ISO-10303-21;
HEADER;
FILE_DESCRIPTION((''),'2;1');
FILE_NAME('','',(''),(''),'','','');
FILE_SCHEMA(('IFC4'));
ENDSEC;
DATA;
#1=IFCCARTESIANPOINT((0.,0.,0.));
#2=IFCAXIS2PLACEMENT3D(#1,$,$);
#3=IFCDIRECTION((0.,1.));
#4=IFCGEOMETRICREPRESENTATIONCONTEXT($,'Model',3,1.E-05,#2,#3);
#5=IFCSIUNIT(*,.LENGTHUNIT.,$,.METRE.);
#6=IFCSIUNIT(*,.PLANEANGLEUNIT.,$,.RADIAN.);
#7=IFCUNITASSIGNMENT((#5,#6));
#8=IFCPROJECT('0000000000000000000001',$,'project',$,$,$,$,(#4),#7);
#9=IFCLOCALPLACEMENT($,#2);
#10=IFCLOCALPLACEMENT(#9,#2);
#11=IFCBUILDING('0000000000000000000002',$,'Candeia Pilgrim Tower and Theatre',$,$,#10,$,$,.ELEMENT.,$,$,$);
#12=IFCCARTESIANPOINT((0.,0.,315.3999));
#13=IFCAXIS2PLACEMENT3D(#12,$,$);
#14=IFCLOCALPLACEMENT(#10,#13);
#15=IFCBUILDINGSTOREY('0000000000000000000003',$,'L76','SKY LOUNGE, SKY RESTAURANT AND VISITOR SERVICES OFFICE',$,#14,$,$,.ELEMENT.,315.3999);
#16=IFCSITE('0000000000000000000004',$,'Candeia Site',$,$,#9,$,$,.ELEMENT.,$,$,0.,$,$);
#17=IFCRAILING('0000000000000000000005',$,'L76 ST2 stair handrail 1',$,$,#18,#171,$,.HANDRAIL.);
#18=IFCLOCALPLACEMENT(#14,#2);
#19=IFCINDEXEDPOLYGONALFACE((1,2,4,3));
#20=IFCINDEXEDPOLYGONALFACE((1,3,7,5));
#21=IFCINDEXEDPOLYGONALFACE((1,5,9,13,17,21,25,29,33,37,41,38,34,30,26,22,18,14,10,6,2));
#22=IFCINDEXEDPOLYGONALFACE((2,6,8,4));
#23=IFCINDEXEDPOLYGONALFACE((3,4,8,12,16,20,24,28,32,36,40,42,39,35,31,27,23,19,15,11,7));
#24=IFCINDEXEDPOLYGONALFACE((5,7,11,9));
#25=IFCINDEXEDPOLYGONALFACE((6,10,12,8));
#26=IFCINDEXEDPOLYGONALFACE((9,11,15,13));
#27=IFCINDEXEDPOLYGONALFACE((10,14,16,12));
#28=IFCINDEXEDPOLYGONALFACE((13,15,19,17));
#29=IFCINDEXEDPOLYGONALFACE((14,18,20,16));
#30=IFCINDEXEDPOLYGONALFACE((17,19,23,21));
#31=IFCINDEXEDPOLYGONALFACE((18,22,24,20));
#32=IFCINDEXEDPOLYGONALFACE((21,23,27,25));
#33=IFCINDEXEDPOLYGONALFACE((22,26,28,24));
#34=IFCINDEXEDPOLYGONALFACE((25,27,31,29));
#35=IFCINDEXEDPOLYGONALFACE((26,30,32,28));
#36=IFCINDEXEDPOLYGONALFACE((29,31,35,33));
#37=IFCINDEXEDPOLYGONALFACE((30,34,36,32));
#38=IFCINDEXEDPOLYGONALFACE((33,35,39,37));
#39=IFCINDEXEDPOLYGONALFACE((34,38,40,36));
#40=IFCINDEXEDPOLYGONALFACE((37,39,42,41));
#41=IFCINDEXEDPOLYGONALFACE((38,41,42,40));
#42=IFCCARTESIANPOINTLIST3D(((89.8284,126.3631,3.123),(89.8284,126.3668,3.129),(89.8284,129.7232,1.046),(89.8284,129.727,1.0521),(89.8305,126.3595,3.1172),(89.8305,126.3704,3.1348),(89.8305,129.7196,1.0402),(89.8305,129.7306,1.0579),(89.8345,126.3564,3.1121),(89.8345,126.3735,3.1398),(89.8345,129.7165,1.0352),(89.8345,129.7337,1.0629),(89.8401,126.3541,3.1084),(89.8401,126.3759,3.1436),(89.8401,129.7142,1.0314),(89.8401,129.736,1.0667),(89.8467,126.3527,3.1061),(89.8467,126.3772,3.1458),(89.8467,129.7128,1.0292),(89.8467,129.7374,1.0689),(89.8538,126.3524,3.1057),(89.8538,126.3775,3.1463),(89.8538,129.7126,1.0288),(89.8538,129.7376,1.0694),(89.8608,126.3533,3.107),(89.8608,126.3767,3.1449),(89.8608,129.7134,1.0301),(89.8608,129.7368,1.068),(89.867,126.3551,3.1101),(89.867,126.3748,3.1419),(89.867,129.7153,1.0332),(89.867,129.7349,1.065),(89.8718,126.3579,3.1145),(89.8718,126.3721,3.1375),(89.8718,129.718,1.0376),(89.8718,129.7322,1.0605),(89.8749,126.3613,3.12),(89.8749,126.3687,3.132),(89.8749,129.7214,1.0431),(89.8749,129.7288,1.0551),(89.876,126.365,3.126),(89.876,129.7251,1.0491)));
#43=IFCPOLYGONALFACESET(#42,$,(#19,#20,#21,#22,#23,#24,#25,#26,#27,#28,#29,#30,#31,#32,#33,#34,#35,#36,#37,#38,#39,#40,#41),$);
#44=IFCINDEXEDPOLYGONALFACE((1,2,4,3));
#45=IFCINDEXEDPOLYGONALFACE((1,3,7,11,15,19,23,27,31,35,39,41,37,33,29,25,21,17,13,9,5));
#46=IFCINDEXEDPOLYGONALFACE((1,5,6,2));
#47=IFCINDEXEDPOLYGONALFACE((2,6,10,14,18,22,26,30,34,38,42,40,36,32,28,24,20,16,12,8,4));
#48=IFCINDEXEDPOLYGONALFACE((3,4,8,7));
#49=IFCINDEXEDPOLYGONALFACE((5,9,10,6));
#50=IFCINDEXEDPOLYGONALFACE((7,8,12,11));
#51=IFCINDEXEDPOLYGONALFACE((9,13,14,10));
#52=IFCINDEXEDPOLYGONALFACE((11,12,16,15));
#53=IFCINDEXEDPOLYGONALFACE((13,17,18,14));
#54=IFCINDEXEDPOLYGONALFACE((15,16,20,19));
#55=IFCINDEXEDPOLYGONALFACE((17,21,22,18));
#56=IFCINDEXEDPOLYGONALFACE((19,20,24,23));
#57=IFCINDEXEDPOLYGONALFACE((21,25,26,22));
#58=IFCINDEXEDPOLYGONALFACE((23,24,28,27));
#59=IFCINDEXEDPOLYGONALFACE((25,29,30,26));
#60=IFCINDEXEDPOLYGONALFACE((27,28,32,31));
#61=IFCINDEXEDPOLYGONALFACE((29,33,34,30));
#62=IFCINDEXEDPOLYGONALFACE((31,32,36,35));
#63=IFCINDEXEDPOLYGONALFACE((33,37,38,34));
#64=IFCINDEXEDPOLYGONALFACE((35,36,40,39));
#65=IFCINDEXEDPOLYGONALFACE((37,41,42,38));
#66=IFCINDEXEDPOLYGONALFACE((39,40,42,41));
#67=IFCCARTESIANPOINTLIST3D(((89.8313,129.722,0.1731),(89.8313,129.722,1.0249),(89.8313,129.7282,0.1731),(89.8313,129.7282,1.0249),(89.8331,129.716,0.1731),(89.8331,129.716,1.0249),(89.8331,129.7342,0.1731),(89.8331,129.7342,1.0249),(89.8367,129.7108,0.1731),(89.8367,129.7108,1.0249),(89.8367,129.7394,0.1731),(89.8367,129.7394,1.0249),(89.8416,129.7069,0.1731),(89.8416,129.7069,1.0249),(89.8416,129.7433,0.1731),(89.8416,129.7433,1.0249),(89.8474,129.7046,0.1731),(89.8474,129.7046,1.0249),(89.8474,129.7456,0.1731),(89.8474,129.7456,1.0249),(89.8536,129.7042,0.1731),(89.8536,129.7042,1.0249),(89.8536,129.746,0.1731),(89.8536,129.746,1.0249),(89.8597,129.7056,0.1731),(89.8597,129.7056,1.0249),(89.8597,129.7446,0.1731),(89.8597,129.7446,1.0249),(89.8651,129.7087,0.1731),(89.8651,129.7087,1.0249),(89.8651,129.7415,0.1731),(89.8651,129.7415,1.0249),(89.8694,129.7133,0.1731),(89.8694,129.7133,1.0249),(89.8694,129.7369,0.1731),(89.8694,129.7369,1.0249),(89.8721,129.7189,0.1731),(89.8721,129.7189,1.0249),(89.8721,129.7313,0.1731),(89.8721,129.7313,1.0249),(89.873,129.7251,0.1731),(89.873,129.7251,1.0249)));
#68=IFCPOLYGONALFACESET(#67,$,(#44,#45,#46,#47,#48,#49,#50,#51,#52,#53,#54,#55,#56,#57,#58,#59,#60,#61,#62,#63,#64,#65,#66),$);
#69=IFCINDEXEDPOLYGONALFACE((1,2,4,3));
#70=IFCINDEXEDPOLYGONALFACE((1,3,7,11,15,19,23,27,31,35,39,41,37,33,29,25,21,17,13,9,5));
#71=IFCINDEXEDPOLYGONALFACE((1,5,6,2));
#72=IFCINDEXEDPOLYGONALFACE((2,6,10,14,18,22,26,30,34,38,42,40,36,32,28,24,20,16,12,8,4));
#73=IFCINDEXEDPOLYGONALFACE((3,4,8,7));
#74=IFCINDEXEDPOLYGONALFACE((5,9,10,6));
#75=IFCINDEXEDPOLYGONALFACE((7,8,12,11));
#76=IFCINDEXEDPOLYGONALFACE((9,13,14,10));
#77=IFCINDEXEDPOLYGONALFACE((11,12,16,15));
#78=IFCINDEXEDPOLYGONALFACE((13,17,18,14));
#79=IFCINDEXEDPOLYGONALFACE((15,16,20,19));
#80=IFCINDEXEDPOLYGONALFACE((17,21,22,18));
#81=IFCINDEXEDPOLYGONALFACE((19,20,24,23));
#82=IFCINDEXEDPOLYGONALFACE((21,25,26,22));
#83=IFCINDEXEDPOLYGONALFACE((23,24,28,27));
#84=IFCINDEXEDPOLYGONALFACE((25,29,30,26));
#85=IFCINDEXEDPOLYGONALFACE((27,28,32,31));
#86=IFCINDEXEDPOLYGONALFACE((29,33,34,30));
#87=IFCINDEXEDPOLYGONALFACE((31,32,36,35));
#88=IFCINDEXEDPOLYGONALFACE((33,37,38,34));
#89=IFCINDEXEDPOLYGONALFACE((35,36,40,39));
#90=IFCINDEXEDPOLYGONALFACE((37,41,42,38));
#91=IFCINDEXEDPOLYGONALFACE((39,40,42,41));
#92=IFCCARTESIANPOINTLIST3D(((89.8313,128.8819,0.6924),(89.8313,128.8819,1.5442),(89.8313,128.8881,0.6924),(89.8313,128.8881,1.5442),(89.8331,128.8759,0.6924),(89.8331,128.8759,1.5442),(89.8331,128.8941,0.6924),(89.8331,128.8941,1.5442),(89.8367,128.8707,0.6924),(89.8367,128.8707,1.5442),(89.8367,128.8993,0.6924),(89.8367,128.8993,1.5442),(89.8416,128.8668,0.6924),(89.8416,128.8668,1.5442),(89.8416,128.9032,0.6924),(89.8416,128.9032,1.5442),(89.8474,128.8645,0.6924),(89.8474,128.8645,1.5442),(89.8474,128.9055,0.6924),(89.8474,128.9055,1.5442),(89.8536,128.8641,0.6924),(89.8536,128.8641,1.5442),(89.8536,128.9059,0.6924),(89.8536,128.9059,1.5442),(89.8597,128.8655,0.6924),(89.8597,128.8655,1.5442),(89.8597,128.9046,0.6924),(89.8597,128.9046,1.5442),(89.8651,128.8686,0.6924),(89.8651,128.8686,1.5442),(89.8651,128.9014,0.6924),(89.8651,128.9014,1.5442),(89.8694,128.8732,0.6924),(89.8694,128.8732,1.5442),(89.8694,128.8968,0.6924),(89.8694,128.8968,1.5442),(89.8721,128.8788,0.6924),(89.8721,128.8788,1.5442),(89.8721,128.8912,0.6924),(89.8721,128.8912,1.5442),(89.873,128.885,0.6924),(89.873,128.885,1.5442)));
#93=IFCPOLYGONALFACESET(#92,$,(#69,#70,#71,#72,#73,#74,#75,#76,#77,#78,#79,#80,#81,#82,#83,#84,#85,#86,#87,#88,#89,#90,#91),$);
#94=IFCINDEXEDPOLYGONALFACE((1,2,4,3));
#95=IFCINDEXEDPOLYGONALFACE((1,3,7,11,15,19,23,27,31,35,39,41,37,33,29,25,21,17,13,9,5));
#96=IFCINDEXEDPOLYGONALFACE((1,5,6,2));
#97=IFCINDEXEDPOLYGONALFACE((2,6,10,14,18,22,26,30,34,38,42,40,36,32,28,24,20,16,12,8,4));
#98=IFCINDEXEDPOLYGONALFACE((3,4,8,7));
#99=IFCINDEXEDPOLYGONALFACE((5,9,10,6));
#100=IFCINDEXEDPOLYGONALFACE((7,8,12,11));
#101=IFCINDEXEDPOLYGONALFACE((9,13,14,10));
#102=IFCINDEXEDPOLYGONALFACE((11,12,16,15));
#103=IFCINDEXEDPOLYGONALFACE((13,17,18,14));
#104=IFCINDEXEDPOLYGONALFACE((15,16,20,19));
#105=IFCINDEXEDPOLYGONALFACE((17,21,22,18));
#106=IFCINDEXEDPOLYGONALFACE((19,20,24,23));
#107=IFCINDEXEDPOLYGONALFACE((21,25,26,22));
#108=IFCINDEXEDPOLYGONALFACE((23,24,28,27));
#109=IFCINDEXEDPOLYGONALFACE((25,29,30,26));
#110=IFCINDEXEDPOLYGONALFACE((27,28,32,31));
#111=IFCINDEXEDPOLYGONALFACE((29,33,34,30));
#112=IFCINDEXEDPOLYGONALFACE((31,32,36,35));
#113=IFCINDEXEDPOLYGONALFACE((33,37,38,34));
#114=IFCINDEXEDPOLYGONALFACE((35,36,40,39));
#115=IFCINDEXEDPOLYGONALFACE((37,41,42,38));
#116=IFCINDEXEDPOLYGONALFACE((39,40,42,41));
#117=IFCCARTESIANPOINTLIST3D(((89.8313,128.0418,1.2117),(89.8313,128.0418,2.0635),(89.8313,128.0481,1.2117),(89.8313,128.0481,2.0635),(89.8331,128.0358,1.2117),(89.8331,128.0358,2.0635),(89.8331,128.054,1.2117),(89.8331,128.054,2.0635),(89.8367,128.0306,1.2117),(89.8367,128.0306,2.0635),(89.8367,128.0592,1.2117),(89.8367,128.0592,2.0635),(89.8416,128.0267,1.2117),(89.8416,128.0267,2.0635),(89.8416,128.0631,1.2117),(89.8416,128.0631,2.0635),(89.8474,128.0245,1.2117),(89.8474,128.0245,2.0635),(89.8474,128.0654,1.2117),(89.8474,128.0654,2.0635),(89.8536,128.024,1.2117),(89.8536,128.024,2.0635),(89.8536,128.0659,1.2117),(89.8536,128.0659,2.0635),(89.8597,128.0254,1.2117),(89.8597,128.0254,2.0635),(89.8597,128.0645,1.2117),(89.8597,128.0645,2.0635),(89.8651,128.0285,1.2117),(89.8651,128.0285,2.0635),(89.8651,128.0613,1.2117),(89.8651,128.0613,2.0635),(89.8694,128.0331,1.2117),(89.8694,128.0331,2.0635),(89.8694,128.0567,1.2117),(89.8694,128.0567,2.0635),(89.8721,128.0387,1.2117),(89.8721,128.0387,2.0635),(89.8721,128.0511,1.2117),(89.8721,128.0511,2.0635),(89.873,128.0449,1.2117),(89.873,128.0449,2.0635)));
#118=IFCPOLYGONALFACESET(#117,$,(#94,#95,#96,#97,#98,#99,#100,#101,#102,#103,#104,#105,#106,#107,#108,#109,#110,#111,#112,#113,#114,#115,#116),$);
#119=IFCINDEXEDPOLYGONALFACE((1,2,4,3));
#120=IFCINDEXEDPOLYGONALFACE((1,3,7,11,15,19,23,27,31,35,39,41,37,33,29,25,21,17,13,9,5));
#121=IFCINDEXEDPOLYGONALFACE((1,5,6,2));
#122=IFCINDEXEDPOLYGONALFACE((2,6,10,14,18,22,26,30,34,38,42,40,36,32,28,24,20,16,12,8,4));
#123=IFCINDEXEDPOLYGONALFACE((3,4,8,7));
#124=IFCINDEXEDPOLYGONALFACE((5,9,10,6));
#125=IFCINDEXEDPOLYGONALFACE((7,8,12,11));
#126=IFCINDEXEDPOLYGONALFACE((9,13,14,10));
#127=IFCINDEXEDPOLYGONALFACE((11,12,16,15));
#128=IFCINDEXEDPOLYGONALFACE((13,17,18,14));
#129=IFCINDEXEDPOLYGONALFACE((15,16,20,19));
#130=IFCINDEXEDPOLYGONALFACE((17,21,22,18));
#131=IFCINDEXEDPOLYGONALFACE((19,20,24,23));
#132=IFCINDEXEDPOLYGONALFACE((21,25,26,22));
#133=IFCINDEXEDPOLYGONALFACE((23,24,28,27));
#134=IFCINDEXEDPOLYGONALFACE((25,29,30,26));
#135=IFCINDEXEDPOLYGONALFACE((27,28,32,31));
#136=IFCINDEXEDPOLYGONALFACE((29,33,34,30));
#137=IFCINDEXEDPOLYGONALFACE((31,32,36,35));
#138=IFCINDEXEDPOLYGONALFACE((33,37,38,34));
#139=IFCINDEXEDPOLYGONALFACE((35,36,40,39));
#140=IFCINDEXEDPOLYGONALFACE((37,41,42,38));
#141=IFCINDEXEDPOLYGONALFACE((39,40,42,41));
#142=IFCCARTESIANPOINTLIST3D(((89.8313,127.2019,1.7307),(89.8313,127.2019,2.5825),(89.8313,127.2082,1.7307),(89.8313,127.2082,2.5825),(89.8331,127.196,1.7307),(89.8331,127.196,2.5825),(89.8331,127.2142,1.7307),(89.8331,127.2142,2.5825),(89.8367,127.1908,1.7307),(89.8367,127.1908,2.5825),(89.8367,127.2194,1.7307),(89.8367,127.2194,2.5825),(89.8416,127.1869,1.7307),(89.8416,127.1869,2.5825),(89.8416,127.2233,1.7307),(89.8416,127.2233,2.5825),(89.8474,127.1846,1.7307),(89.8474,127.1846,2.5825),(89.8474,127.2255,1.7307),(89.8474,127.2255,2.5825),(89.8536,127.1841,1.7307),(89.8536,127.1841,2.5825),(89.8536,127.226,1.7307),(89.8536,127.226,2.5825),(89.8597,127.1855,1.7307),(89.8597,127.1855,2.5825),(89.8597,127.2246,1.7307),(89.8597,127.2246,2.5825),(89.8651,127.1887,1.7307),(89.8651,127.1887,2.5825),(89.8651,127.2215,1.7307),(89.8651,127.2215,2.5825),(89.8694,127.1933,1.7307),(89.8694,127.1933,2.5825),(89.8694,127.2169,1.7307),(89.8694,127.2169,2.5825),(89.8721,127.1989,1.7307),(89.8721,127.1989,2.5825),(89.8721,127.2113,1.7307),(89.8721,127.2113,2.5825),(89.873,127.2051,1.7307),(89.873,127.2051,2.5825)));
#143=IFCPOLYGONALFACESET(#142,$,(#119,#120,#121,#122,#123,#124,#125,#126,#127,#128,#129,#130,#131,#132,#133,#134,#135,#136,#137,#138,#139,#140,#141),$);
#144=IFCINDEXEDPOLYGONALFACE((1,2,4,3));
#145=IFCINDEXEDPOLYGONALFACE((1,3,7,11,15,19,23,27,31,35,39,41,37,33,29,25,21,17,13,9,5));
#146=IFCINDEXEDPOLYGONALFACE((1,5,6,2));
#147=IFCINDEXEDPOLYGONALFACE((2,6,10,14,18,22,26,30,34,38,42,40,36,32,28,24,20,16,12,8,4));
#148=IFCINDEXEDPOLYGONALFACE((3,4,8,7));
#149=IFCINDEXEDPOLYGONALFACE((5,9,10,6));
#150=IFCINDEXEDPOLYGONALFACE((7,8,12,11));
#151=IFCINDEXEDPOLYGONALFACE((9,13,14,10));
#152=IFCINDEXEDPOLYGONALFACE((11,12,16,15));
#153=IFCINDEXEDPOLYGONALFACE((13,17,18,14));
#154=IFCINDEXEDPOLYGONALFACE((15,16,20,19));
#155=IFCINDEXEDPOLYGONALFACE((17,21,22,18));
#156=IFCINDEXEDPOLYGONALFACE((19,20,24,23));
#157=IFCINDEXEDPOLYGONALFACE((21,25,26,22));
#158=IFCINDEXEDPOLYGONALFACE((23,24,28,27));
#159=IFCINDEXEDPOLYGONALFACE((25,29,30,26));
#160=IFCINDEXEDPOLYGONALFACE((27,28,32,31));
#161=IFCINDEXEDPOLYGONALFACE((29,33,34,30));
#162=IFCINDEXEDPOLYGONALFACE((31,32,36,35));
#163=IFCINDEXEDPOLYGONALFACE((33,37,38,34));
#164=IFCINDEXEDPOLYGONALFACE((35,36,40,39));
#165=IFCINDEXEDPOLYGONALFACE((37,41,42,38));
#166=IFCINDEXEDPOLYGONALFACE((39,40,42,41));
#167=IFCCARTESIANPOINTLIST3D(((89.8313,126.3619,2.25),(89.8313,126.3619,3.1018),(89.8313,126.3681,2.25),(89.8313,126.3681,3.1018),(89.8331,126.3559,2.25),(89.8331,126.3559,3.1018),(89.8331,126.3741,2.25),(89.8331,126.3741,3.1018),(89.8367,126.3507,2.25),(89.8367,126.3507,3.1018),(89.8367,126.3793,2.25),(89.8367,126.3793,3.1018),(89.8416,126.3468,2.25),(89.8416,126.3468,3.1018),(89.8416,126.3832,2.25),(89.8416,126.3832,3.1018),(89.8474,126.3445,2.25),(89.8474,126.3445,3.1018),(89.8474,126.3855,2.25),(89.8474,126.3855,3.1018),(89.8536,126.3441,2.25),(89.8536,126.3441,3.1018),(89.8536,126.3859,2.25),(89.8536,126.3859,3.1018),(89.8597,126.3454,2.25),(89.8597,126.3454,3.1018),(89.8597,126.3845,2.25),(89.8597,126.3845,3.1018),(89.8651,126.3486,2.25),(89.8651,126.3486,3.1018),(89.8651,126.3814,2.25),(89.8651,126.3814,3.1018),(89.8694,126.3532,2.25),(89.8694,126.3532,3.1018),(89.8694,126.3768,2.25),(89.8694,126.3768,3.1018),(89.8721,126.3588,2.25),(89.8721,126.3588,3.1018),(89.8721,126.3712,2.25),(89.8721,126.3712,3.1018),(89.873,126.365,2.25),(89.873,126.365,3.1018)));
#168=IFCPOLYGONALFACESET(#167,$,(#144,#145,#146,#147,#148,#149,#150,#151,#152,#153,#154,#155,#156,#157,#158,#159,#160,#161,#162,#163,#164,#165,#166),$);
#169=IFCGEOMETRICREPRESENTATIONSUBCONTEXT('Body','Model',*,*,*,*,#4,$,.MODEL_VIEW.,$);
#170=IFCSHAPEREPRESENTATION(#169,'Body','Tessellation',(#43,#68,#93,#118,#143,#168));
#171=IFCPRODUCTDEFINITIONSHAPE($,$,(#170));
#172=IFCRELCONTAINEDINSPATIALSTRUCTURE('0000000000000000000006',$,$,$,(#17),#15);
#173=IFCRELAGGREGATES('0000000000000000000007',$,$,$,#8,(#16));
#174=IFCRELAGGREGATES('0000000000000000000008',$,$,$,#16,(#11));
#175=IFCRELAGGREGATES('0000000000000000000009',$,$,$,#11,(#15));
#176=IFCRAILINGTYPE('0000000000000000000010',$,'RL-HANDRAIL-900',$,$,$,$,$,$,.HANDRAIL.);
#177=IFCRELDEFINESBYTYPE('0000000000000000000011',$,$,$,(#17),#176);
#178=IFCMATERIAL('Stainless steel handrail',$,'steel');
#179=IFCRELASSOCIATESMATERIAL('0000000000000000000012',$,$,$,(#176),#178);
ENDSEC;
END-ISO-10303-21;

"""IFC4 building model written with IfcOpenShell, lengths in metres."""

from ifc_helpers import new_model, si_unit, direction, frame, origin, origin_2d, place, context, subcontext, project, spatial, circle, extrude, material, type_object, element, save


model = new_model("IFC4")

# Units and contexts
model_context = context("Model", 3, precision=1e-05, world=origin(), true_north=direction((0.0, 1.0)))
body_context = subcontext(model_context, "Body", "Model", "MODEL_VIEW")
ifc_project = project(units=[si_unit("LENGTHUNIT", "METRE"), si_unit("PLANEANGLEUNIT", "RADIAN")], contexts=[model_context])

# Site, building, storey
site_placement = place(None, origin())
site = spatial("IfcSite", under=ifc_project, at=site_placement, Name="Candeia Site", CompositionType="ELEMENT", RefElevation=0.0)
building_placement = place(site_placement, origin())
building = spatial("IfcBuilding", under=site, at=building_placement, Name="Candeia Pilgrim Tower and Theatre", CompositionType="ELEMENT")
storey_placement = place(building_placement, frame((0.0, 0.0, 315.3999)))
storey = spatial("IfcBuildingStorey", under=building, at=storey_placement, Name="L76", Description="SKY LOUNGE, SKY RESTAURANT AND VISITOR SERVICES OFFICE", CompositionType="ELEMENT", Elevation=315.3999)

# Railing
ifc_material_1 = material(Name="Stainless steel handrail", Category="steel")
railing_type_1 = type_object("IfcRailingType", Name="RL-HANDRAIL-900", PredefinedType="HANDRAIL", material=ifc_material_1)
railing_1_placement = place(storey_placement, frame((89.8521, 129.7251, 0.1731)))
element("IfcRailing", 1, at=railing_1_placement, inside=storey, type_object=railing_type_1, Name="L76 ST2 stair handrail 1", PredefinedType="HANDRAIL", context=body_context, shape_type="SweptSolid", body=[
    extrude(circle(Radius=0.0239, at=origin_2d()), frame((0.0, 0.0, 0.876), z_axis=(0.0, -0.850623, 0.525776), x_axis=(1.0, 0.0, 0.0)), (0.0, 0.0, 1.0), 3.9502),
    extrude(circle(Radius=0.021, at=origin_2d()), origin(), (0.0, 0.0, 1.0), 0.8518),
    extrude(circle(Radius=0.021, at=origin_2d()), frame((0.0, -0.8401, 0.5193)), (0.0, 0.0, 1.0), 0.8518),
    extrude(circle(Radius=0.021, at=origin_2d()), frame((0.0, -1.6802, 1.0386)), (0.0, 0.0, 1.0), 0.8518),
    extrude(circle(Radius=0.021, at=origin_2d()), frame((0.0, -2.52, 1.5576)), (0.0, 0.0, 1.0), 0.8518),
    extrude(circle(Radius=0.021, at=origin_2d()), frame((0.0, -3.3601, 2.0769)), (0.0, 0.0, 1.0), 0.8518),
])

save(model, "model.ifc")
